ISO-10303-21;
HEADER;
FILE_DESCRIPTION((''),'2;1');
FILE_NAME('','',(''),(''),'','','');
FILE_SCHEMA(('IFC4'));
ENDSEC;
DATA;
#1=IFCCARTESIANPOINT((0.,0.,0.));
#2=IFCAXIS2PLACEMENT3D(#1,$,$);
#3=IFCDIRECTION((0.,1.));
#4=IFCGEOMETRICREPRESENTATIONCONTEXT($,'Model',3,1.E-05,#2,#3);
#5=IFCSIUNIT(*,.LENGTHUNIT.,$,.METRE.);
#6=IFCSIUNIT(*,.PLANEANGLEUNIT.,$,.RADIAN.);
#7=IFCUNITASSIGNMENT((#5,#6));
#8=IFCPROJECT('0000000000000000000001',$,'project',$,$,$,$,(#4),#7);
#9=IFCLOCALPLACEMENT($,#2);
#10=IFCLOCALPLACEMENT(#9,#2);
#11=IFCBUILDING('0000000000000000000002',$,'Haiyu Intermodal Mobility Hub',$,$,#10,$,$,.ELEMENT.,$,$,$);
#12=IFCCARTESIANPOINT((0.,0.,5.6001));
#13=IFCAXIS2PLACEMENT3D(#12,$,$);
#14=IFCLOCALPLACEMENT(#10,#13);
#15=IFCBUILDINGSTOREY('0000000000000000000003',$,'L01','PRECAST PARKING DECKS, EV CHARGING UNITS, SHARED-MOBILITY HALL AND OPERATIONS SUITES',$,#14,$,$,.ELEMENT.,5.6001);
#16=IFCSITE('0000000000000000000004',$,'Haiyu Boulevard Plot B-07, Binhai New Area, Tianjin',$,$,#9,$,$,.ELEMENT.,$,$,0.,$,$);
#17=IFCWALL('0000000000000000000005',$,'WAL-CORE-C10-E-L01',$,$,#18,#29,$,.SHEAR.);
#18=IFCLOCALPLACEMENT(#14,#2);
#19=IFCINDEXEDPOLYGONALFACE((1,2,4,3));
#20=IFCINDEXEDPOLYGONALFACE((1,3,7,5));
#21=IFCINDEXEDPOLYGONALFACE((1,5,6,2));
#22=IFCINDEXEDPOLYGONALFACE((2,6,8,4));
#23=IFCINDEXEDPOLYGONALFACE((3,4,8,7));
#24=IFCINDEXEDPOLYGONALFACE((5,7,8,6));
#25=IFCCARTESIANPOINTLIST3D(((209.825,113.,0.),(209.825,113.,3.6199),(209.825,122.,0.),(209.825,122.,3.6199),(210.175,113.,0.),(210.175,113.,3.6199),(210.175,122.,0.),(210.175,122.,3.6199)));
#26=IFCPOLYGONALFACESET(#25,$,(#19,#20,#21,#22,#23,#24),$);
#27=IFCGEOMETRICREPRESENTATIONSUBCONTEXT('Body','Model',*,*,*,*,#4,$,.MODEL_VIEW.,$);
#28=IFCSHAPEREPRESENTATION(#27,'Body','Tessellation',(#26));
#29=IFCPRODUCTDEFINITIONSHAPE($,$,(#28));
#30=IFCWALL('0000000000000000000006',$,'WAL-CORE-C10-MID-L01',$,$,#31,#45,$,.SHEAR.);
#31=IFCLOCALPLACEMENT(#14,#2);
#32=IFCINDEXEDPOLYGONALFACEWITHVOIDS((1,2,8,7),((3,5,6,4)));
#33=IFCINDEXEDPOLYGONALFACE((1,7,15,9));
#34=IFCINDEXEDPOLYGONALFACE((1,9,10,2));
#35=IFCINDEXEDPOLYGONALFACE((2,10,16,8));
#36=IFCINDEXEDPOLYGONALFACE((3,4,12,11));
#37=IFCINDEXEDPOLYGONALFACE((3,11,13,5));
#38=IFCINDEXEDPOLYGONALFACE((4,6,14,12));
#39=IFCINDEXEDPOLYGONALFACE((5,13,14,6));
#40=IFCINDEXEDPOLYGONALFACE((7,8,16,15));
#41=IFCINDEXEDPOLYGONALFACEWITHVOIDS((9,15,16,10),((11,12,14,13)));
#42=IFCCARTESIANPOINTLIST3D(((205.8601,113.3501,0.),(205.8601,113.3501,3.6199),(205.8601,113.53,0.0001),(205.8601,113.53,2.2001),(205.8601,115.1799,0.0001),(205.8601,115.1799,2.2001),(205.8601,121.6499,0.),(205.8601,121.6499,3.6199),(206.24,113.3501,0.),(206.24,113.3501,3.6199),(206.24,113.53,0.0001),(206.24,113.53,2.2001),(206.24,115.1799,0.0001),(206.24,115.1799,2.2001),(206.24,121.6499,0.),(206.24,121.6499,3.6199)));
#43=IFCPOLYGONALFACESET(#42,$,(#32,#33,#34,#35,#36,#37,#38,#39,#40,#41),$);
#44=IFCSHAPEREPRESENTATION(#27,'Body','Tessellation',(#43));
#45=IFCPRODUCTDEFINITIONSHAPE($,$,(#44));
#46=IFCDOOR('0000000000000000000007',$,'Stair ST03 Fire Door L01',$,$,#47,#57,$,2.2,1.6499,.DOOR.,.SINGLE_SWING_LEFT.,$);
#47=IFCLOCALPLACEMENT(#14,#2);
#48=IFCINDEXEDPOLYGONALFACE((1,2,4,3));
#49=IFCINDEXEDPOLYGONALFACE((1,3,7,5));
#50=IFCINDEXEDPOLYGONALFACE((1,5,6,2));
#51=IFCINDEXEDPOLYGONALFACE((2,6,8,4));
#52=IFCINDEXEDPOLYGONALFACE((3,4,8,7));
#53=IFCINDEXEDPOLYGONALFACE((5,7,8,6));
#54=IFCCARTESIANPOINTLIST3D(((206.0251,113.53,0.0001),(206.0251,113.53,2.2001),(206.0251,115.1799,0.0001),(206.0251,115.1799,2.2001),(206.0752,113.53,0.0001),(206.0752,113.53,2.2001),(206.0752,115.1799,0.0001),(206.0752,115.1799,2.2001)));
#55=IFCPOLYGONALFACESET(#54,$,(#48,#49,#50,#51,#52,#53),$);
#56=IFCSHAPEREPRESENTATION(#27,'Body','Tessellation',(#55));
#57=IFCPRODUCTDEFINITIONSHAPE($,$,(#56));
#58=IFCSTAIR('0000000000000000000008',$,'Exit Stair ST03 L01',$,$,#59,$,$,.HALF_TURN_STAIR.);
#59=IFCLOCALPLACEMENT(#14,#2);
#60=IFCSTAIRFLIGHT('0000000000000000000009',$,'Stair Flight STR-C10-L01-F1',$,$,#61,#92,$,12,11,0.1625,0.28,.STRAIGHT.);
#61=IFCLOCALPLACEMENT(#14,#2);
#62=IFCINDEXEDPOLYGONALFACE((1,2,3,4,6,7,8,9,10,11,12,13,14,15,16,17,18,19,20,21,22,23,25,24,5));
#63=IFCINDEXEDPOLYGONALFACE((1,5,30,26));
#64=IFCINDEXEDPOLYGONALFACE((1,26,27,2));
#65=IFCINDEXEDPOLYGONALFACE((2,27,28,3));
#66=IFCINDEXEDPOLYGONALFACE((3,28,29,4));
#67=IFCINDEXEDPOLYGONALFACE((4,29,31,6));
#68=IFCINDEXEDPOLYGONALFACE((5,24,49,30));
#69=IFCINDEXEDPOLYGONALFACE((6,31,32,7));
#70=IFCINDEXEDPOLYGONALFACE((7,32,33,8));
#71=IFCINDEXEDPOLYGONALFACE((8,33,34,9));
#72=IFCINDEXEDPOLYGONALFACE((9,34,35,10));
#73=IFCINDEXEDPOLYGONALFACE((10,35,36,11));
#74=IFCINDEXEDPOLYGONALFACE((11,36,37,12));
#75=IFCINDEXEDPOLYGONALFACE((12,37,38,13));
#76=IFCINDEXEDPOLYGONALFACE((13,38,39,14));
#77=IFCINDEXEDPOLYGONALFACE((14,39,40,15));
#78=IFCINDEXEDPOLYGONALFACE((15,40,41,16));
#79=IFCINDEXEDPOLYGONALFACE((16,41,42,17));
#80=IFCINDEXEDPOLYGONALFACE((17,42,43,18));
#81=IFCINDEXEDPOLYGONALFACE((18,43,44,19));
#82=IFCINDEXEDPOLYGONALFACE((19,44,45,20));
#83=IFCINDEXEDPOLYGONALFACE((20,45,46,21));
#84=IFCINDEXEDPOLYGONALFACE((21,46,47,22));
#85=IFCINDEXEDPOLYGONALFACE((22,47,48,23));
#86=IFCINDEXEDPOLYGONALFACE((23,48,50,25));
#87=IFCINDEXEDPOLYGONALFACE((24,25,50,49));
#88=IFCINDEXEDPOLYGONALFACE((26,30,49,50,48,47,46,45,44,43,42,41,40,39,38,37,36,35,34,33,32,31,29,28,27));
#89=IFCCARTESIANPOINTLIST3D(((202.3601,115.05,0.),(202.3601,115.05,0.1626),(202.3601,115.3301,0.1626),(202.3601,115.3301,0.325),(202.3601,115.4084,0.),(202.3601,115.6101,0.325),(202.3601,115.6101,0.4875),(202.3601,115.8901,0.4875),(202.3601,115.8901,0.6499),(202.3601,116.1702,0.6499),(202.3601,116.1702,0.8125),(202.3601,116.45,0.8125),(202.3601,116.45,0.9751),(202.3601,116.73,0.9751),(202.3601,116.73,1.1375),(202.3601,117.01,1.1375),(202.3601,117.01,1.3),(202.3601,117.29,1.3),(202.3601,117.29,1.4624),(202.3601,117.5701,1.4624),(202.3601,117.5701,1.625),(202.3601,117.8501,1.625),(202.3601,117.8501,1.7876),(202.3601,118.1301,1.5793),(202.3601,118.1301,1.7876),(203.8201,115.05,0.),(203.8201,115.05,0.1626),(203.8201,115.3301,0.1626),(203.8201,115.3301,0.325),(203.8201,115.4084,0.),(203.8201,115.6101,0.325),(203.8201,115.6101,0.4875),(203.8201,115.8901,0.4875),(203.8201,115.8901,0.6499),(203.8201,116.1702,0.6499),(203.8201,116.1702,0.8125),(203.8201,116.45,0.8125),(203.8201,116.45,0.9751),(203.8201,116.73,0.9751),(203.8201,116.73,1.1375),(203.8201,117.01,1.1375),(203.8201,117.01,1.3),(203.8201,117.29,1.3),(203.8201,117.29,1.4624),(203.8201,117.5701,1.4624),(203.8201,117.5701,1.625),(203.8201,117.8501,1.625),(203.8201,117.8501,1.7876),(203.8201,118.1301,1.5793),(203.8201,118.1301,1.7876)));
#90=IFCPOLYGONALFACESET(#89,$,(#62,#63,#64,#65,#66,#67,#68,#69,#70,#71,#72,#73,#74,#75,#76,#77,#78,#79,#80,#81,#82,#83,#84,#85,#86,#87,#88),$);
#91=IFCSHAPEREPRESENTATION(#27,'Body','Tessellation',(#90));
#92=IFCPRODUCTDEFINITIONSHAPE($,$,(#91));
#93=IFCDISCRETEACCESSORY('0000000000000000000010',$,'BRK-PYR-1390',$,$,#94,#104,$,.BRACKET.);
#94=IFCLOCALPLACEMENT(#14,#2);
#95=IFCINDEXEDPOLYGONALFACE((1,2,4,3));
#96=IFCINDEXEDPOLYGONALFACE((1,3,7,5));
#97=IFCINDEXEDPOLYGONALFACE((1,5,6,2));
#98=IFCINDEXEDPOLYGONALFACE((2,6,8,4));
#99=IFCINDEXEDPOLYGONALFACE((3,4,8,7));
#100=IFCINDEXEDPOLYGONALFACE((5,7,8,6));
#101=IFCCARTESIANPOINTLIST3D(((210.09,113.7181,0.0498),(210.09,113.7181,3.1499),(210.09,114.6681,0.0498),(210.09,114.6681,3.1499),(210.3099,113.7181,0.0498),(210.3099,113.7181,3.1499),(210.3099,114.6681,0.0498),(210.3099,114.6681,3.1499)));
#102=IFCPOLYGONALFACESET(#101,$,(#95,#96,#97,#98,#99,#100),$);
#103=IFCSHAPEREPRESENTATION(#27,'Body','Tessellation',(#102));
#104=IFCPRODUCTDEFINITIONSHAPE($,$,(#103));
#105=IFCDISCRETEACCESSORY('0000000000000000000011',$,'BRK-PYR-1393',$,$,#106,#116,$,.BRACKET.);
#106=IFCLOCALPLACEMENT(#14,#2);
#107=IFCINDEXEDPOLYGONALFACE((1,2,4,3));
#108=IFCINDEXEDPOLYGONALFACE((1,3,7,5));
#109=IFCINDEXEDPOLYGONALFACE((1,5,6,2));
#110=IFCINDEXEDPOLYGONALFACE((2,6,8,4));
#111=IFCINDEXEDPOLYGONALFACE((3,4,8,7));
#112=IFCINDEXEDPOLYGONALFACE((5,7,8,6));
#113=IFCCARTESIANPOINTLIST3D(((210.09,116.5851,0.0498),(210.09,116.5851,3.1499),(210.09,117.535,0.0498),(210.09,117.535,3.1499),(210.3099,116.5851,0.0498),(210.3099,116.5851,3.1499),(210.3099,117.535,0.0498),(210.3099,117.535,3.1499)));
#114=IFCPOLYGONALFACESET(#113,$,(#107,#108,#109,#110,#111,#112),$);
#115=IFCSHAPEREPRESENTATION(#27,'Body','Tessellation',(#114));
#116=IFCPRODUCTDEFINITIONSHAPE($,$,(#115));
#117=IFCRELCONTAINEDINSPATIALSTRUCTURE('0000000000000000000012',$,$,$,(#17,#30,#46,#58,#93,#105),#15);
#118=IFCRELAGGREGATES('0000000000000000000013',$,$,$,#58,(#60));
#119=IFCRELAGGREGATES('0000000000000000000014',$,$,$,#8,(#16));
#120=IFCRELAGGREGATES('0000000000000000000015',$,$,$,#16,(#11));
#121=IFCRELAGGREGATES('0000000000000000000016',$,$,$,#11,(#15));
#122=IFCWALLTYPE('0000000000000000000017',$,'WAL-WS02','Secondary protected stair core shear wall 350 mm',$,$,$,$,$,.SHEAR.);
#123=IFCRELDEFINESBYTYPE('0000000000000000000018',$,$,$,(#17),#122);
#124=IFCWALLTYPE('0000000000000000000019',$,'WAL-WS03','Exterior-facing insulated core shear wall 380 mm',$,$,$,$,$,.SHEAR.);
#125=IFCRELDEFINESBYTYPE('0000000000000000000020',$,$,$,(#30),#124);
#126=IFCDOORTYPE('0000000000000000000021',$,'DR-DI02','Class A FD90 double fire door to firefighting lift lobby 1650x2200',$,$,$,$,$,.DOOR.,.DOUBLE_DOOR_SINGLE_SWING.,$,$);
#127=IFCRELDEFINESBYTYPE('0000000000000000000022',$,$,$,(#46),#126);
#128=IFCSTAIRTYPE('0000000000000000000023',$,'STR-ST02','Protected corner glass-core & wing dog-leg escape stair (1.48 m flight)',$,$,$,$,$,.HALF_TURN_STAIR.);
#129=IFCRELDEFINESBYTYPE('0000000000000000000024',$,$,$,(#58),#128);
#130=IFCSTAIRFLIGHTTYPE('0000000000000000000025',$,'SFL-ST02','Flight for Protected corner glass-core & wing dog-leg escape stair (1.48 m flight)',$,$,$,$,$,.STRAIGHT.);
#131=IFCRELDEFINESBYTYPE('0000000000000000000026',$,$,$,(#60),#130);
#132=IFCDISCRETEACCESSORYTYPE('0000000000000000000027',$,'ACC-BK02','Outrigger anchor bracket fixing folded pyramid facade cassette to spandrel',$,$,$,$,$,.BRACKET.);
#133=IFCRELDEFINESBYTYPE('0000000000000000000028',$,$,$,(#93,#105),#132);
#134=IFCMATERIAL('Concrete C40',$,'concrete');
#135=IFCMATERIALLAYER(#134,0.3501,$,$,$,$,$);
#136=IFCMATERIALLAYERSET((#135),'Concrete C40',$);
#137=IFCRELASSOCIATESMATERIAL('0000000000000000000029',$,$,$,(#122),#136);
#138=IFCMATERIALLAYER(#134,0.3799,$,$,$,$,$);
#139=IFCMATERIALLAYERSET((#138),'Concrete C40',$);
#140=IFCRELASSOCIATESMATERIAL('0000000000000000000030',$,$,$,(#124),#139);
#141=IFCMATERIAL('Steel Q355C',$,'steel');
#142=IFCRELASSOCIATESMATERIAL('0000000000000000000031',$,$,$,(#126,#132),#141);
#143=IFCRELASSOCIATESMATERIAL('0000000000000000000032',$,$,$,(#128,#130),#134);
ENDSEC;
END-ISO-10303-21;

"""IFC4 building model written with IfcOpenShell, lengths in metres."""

from ifc_helpers import new_model, si_unit, direction, frame, frame_2d, origin, origin_2d, place, context, subcontext, project, spatial, polyline, rectangle, outline, extrude, material, layer, layer_set, type_object, element, fill, aggregate, save


model = new_model("IFC4")

# Units and contexts
model_context = context("Model", 3, precision=1e-05, world=origin(), true_north=direction((0.0, 1.0)))
body_context = subcontext(model_context, "Body", "Model", "MODEL_VIEW")
ifc_project = project(units=[si_unit("LENGTHUNIT", "METRE"), si_unit("PLANEANGLEUNIT", "RADIAN")], contexts=[model_context])

# Site, building, storey
site_placement = place(None, origin())
site = spatial("IfcSite", under=ifc_project, at=site_placement, Name="Haiyu Boulevard Plot B-07, Binhai New Area, Tianjin", CompositionType="ELEMENT", RefElevation=0.0)
building_placement = place(site_placement, origin())
building = spatial("IfcBuilding", under=site, at=building_placement, Name="Haiyu Intermodal Mobility Hub", CompositionType="ELEMENT")
storey_placement = place(building_placement, frame((0.0, 0.0, 5.6001)))
storey = spatial("IfcBuildingStorey", under=building, at=storey_placement, Name="L01", Description="PRECAST PARKING DECKS, EV CHARGING UNITS, SHARED-MOBILITY HALL AND OPERATIONS SUITES", CompositionType="ELEMENT", Elevation=5.6001)

# Shared definitions
ifc_material_1 = material(Name="Concrete C40", Category="concrete")

# Shared definitions
ifc_material_2 = material(Name="Steel Q355C", Category="steel")

# Shared definitions
ifc_layer_1 = layer(ifc_material_1, 0.3501)
ifc_layer_set_1 = layer_set([ifc_layer_1], Name="Concrete C40")
wall_type_1 = type_object("IfcWallType", Name="WAL-WS02", Description="Secondary protected stair core shear wall 350 mm", PredefinedType="SHEAR", material=ifc_layer_set_1)

# Wall
wall_1_placement = place(storey_placement, frame((210.0, 113.0, 0.0), z_axis=(0.0, 0.0, 1.0), x_axis=(0.0, 1.0, 0.0)))
element("IfcWall", 1, at=wall_1_placement, inside=storey, type_object=wall_type_1, Name="WAL-CORE-C10-E-L01", PredefinedType="SHEAR", context=body_context, shape_type="SweptSolid", body=[
    extrude(rectangle(XDim=9.0, YDim=0.3501, at=frame_2d((4.5, 0.0))), origin(), (0.0, 0.0, 1.0), 3.6199),
])

# Wall, opening, door
ifc_layer_2 = layer(ifc_material_1, 0.3799)
ifc_layer_set_2 = layer_set([ifc_layer_2], Name="Concrete C40")
wall_type_2 = type_object("IfcWallType", Name="WAL-WS03", Description="Exterior-facing insulated core shear wall 380 mm", PredefinedType="SHEAR", material=ifc_layer_set_2)
wall_2_placement = place(storey_placement, frame((206.05, 113.3501, 0.0), z_axis=(0.0, 0.0, 1.0), x_axis=(0.0, 1.0, 0.0)))
wall_2 = element("IfcWall", 2, at=wall_2_placement, inside=storey, type_object=wall_type_2, Name="WAL-CORE-C10-MID-L01", PredefinedType="SHEAR", context=body_context, shape_type="SweptSolid", body=[
    extrude(rectangle(XDim=8.2998, YDim=0.3799, at=frame_2d((4.1499, 0.0))), origin(), (0.0, 0.0, 1.0), 3.6199),
])
opening_1_placement = place(wall_2_placement, frame((0.1799, 0.0, 0.0)))
opening_1 = element("IfcOpeningElement", 3, at=opening_1_placement, cuts=wall_2, PredefinedType="OPENING", context=body_context, shape_type="SweptSolid", body=[
    extrude(rectangle(XDim=1.6499, YDim=2.2, at=frame_2d((0.825, 1.1001))), frame((0.0, 0.2, 0.0), z_axis=(0.0, -1.0, 0.0), x_axis=(1.0, 0.0, 0.0)), (0.0, 0.0, 1.0), 0.3999),
])
door_type_1 = type_object("IfcDoorType", Name="DR-DI02", Description="Class A FD90 double fire door to firefighting lift lobby 1650x2200", OperationType="DOUBLE_DOOR_SINGLE_SWING", PredefinedType="DOOR", material=ifc_material_2)
door_1_placement = place(opening_1_placement, origin())
door_1 = element("IfcDoor", 4, at=door_1_placement, inside=storey, type_object=door_type_1, Name="Stair ST03 Fire Door L01", OperationType="SINGLE_SWING_LEFT", OverallHeight=2.2, OverallWidth=1.6499, PredefinedType="DOOR", context=body_context, shape_type="SweptSolid", body=[
    extrude(rectangle(XDim=1.6499, YDim=2.2, at=frame_2d((0.825, 1.1001))), frame((0.0, 0.0249, 0.0), z_axis=(0.0, -1.0, 0.0), x_axis=(1.0, 0.0, 0.0)), (0.0, 0.0, 1.0), 0.05),
])
fill(opening_1, door_1)

# Stair, stair flight
stair_type = type_object("IfcStairType", Name="STR-ST02", Description="Protected corner glass-core & wing dog-leg escape stair (1.48 m flight)", PredefinedType="HALF_TURN_STAIR", material=ifc_material_1)
stair_placement = place(storey_placement, origin())
stair = element("IfcStair", 5, at=stair_placement, inside=storey, type_object=stair_type, Name="Exit Stair ST03 L01", PredefinedType="HALF_TURN_STAIR")
stair_flight_type = type_object("IfcStairFlightType", Name="SFL-ST02", Description="Flight for Protected corner glass-core & wing dog-leg escape stair (1.48 m flight)", PredefinedType="STRAIGHT", material=ifc_material_1)
stair_flight_placement = place(storey_placement, frame((203.0901, 115.05, 0.0), z_axis=(0.0, 0.0, 1.0), x_axis=(0.0, 1.0, 0.0)))
stair_flight = element("IfcStairFlight", 6, at=stair_flight_placement, type_object=stair_flight_type, Name="Stair Flight STR-C10-L01-F1", NumberOfRisers=12, NumberOfTreads=11, PredefinedType="STRAIGHT", RiserHeight=0.1625, TreadLength=0.28, context=body_context, shape_type="SweptSolid", body=[
    extrude(outline(polyline([(0.0, 0.0), (0.0, 0.1626), (0.28, 0.1626), (0.28, 0.325), (0.5601, 0.325), (0.5601, 0.4875), (0.8401, 0.4875), (0.8401, 0.6499), (1.1201, 0.6499), (1.1201, 0.8125), (1.3999, 0.8125), (1.3999, 0.9751), (1.6799, 0.9751), (1.6799, 1.1375), (1.96, 1.1375), (1.96, 1.3), (2.24, 1.3), (2.24, 1.4624), (2.52, 1.4624), (2.52, 1.625), (2.8, 1.625), (2.8, 1.7876), (3.0801, 1.7876), (3.0801, 1.95), (3.0801, 1.5793), (0.3584, 0.0), (0.0, 0.0)])), frame((0.0, 0.73, 0.0), z_axis=(0.0, -1.0, 0.0), x_axis=(1.0, 0.0, 0.0)), (0.0, 0.0, 1.0), 1.46),
])
aggregate(stair, [stair_flight])

# Discrete accessories
discrete_accessory_type = type_object("IfcDiscreteAccessoryType", Name="ACC-BK02", Description="Outrigger anchor bracket fixing folded pyramid facade cassette to spandrel", PredefinedType="BRACKET", material=ifc_material_2)
for number, where, z_axis, x_axis, name in (
    (7, (210.2, 114.1931, 0.0498), (0.0, 0.0, 1.0), (1.0, 0.0, 0.0), "BRK-PYR-1390"),
    (8, (210.2, 117.0601, 0.0498), (0.0, 0.0, 1.0), (1.0, 0.0, 0.0), "BRK-PYR-1393"),
):
    element("IfcDiscreteAccessory", number, at=place(storey_placement, frame(where, z_axis=z_axis, x_axis=x_axis)), inside=storey, type_object=discrete_accessory_type, Name=name, PredefinedType="BRACKET", context=body_context, shape_type="SweptSolid", body=[
        extrude(rectangle(XDim=0.22, YDim=0.95, at=origin_2d()), origin(), (0.0, 0.0, 1.0), 3.1001),
    ])

save(model, "model.ifc")
